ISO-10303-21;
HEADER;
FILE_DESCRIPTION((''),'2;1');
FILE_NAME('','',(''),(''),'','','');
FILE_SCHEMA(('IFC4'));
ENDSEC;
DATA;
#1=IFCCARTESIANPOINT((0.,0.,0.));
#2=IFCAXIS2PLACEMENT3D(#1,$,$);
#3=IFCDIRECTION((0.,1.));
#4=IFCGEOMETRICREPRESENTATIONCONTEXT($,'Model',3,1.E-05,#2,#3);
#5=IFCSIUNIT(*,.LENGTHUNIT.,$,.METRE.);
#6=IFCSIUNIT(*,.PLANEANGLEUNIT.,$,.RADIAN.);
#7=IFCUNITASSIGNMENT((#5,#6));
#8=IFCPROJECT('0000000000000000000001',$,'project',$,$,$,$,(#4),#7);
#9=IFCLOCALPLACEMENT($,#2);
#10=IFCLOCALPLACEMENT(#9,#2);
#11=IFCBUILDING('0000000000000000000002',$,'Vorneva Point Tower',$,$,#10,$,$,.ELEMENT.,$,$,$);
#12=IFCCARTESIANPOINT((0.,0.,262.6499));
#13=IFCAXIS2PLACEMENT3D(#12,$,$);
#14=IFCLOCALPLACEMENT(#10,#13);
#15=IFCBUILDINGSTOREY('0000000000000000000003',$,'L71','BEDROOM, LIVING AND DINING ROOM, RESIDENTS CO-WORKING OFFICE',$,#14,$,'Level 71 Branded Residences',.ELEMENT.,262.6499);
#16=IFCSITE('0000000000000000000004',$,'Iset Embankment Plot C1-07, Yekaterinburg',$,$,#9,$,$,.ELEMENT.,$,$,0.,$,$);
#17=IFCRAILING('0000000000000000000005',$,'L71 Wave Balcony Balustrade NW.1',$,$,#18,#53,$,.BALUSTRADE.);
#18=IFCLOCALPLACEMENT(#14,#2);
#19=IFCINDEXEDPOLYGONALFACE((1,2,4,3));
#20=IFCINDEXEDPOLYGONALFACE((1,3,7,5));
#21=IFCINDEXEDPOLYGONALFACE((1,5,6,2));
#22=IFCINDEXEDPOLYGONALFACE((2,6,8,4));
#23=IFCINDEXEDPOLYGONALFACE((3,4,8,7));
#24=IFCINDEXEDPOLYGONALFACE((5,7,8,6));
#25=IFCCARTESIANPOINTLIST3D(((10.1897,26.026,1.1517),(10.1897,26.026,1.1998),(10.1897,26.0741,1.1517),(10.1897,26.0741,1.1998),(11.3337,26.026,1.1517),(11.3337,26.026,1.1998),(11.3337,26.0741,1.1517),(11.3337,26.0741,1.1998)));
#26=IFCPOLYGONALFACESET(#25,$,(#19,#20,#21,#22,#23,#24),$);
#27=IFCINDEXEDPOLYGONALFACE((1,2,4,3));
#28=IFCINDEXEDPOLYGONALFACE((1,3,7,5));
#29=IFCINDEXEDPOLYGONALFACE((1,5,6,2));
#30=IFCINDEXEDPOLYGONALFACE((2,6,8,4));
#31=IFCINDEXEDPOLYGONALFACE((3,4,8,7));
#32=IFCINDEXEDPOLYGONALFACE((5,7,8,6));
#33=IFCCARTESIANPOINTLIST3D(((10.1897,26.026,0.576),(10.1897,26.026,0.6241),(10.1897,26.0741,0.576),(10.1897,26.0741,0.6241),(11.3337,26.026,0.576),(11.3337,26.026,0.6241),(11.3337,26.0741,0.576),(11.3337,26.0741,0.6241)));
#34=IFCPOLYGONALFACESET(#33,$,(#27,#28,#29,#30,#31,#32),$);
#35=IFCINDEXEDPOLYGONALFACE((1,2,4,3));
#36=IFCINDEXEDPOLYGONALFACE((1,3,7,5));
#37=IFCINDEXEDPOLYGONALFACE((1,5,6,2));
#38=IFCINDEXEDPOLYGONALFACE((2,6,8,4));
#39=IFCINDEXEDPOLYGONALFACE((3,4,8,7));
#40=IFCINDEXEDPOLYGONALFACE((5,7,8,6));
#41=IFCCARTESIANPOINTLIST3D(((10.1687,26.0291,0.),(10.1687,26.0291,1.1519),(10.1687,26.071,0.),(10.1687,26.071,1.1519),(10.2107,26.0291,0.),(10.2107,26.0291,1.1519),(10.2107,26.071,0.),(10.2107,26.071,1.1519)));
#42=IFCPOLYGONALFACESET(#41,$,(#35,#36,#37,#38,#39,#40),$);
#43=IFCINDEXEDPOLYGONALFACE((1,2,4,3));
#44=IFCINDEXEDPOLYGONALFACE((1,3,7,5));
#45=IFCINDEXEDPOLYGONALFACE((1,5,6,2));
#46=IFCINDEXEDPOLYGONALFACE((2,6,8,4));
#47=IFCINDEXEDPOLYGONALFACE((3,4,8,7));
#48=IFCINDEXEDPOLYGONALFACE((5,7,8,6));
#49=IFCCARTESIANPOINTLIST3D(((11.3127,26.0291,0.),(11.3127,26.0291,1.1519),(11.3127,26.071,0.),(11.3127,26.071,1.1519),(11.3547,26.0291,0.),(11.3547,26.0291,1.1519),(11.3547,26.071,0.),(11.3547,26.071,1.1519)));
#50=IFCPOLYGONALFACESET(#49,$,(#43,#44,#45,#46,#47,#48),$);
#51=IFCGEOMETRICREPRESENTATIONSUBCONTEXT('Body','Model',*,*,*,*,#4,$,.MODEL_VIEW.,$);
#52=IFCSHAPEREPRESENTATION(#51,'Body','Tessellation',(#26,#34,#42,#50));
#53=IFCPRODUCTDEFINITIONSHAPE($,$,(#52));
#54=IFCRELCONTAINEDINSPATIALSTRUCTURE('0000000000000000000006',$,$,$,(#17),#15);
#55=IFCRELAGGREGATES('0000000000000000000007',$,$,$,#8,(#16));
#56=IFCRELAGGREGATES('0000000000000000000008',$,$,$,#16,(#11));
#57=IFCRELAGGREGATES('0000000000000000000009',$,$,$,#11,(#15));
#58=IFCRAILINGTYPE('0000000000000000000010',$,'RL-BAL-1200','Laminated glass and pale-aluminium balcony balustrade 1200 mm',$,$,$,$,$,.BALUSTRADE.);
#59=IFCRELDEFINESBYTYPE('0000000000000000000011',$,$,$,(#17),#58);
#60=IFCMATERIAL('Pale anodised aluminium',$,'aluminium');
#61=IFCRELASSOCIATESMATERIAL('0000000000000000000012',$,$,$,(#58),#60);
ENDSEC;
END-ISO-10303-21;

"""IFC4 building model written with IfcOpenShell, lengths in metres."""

from ifc_helpers import new_model, si_unit, direction, frame, origin, origin_2d, place, context, subcontext, project, spatial, rectangle, extrude, material, type_object, element, save


model = new_model("IFC4")

# Units and contexts
model_context = context("Model", 3, precision=1e-05, world=origin(), true_north=direction((0.0, 1.0)))
body_context = subcontext(model_context, "Body", "Model", "MODEL_VIEW")
ifc_project = project(units=[si_unit("LENGTHUNIT", "METRE"), si_unit("PLANEANGLEUNIT", "RADIAN")], contexts=[model_context])

# Site, building, storey
site_placement = place(None, origin())
site = spatial("IfcSite", under=ifc_project, at=site_placement, Name="Iset Embankment Plot C1-07, Yekaterinburg", CompositionType="ELEMENT", RefElevation=0.0)
building_placement = place(site_placement, origin())
building = spatial("IfcBuilding", under=site, at=building_placement, Name="Vorneva Point Tower", CompositionType="ELEMENT")
storey_placement = place(building_placement, frame((0.0, 0.0, 262.6499)))
storey = spatial("IfcBuildingStorey", under=building, at=storey_placement, Name="L71", Description="BEDROOM, LIVING AND DINING ROOM, RESIDENTS CO-WORKING OFFICE", LongName="Level 71 Branded Residences", CompositionType="ELEMENT", Elevation=262.6499)

# Shared definitions
ifc_material_1 = material(Name="Pale anodised aluminium", Category="aluminium")

# Railing
railing_type = type_object("IfcRailingType", Name="RL-BAL-1200", Description="Laminated glass and pale-aluminium balcony balustrade 1200 mm", PredefinedType="BALUSTRADE", material=ifc_material_1)
railing_placement = place(storey_placement, frame((10.1897, 26.05, 0.0)))
element("IfcRailing", 1, at=railing_placement, inside=storey, type_object=railing_type, Name="L71 Wave Balcony Balustrade NW.1", PredefinedType="BALUSTRADE", context=body_context, shape_type="SweptSolid", body=[
    extrude(rectangle(XDim=0.0481, YDim=0.0481, at=origin_2d()), frame((0.0, 0.0, 1.1758), z_axis=(1.0, 0.0, 0.0), x_axis=(0.0, 1.0, 0.0)), (0.0, 0.0, 1.0), 1.144),
    extrude(rectangle(XDim=0.0481, YDim=0.0481, at=origin_2d()), frame((0.0, 0.0, 0.6001), z_axis=(1.0, 0.0, 0.0), x_axis=(0.0, 1.0, 0.0)), (0.0, 0.0, 1.0), 1.144),
    extrude(rectangle(XDim=0.042, YDim=0.042, at=origin_2d()), origin(), (0.0, 0.0, 1.0), 1.1519),
    extrude(rectangle(XDim=0.042, YDim=0.042, at=origin_2d()), frame((1.144, 0.0, 0.0)), (0.0, 0.0, 1.0), 1.1519),
])

save(model, "model.ifc")
